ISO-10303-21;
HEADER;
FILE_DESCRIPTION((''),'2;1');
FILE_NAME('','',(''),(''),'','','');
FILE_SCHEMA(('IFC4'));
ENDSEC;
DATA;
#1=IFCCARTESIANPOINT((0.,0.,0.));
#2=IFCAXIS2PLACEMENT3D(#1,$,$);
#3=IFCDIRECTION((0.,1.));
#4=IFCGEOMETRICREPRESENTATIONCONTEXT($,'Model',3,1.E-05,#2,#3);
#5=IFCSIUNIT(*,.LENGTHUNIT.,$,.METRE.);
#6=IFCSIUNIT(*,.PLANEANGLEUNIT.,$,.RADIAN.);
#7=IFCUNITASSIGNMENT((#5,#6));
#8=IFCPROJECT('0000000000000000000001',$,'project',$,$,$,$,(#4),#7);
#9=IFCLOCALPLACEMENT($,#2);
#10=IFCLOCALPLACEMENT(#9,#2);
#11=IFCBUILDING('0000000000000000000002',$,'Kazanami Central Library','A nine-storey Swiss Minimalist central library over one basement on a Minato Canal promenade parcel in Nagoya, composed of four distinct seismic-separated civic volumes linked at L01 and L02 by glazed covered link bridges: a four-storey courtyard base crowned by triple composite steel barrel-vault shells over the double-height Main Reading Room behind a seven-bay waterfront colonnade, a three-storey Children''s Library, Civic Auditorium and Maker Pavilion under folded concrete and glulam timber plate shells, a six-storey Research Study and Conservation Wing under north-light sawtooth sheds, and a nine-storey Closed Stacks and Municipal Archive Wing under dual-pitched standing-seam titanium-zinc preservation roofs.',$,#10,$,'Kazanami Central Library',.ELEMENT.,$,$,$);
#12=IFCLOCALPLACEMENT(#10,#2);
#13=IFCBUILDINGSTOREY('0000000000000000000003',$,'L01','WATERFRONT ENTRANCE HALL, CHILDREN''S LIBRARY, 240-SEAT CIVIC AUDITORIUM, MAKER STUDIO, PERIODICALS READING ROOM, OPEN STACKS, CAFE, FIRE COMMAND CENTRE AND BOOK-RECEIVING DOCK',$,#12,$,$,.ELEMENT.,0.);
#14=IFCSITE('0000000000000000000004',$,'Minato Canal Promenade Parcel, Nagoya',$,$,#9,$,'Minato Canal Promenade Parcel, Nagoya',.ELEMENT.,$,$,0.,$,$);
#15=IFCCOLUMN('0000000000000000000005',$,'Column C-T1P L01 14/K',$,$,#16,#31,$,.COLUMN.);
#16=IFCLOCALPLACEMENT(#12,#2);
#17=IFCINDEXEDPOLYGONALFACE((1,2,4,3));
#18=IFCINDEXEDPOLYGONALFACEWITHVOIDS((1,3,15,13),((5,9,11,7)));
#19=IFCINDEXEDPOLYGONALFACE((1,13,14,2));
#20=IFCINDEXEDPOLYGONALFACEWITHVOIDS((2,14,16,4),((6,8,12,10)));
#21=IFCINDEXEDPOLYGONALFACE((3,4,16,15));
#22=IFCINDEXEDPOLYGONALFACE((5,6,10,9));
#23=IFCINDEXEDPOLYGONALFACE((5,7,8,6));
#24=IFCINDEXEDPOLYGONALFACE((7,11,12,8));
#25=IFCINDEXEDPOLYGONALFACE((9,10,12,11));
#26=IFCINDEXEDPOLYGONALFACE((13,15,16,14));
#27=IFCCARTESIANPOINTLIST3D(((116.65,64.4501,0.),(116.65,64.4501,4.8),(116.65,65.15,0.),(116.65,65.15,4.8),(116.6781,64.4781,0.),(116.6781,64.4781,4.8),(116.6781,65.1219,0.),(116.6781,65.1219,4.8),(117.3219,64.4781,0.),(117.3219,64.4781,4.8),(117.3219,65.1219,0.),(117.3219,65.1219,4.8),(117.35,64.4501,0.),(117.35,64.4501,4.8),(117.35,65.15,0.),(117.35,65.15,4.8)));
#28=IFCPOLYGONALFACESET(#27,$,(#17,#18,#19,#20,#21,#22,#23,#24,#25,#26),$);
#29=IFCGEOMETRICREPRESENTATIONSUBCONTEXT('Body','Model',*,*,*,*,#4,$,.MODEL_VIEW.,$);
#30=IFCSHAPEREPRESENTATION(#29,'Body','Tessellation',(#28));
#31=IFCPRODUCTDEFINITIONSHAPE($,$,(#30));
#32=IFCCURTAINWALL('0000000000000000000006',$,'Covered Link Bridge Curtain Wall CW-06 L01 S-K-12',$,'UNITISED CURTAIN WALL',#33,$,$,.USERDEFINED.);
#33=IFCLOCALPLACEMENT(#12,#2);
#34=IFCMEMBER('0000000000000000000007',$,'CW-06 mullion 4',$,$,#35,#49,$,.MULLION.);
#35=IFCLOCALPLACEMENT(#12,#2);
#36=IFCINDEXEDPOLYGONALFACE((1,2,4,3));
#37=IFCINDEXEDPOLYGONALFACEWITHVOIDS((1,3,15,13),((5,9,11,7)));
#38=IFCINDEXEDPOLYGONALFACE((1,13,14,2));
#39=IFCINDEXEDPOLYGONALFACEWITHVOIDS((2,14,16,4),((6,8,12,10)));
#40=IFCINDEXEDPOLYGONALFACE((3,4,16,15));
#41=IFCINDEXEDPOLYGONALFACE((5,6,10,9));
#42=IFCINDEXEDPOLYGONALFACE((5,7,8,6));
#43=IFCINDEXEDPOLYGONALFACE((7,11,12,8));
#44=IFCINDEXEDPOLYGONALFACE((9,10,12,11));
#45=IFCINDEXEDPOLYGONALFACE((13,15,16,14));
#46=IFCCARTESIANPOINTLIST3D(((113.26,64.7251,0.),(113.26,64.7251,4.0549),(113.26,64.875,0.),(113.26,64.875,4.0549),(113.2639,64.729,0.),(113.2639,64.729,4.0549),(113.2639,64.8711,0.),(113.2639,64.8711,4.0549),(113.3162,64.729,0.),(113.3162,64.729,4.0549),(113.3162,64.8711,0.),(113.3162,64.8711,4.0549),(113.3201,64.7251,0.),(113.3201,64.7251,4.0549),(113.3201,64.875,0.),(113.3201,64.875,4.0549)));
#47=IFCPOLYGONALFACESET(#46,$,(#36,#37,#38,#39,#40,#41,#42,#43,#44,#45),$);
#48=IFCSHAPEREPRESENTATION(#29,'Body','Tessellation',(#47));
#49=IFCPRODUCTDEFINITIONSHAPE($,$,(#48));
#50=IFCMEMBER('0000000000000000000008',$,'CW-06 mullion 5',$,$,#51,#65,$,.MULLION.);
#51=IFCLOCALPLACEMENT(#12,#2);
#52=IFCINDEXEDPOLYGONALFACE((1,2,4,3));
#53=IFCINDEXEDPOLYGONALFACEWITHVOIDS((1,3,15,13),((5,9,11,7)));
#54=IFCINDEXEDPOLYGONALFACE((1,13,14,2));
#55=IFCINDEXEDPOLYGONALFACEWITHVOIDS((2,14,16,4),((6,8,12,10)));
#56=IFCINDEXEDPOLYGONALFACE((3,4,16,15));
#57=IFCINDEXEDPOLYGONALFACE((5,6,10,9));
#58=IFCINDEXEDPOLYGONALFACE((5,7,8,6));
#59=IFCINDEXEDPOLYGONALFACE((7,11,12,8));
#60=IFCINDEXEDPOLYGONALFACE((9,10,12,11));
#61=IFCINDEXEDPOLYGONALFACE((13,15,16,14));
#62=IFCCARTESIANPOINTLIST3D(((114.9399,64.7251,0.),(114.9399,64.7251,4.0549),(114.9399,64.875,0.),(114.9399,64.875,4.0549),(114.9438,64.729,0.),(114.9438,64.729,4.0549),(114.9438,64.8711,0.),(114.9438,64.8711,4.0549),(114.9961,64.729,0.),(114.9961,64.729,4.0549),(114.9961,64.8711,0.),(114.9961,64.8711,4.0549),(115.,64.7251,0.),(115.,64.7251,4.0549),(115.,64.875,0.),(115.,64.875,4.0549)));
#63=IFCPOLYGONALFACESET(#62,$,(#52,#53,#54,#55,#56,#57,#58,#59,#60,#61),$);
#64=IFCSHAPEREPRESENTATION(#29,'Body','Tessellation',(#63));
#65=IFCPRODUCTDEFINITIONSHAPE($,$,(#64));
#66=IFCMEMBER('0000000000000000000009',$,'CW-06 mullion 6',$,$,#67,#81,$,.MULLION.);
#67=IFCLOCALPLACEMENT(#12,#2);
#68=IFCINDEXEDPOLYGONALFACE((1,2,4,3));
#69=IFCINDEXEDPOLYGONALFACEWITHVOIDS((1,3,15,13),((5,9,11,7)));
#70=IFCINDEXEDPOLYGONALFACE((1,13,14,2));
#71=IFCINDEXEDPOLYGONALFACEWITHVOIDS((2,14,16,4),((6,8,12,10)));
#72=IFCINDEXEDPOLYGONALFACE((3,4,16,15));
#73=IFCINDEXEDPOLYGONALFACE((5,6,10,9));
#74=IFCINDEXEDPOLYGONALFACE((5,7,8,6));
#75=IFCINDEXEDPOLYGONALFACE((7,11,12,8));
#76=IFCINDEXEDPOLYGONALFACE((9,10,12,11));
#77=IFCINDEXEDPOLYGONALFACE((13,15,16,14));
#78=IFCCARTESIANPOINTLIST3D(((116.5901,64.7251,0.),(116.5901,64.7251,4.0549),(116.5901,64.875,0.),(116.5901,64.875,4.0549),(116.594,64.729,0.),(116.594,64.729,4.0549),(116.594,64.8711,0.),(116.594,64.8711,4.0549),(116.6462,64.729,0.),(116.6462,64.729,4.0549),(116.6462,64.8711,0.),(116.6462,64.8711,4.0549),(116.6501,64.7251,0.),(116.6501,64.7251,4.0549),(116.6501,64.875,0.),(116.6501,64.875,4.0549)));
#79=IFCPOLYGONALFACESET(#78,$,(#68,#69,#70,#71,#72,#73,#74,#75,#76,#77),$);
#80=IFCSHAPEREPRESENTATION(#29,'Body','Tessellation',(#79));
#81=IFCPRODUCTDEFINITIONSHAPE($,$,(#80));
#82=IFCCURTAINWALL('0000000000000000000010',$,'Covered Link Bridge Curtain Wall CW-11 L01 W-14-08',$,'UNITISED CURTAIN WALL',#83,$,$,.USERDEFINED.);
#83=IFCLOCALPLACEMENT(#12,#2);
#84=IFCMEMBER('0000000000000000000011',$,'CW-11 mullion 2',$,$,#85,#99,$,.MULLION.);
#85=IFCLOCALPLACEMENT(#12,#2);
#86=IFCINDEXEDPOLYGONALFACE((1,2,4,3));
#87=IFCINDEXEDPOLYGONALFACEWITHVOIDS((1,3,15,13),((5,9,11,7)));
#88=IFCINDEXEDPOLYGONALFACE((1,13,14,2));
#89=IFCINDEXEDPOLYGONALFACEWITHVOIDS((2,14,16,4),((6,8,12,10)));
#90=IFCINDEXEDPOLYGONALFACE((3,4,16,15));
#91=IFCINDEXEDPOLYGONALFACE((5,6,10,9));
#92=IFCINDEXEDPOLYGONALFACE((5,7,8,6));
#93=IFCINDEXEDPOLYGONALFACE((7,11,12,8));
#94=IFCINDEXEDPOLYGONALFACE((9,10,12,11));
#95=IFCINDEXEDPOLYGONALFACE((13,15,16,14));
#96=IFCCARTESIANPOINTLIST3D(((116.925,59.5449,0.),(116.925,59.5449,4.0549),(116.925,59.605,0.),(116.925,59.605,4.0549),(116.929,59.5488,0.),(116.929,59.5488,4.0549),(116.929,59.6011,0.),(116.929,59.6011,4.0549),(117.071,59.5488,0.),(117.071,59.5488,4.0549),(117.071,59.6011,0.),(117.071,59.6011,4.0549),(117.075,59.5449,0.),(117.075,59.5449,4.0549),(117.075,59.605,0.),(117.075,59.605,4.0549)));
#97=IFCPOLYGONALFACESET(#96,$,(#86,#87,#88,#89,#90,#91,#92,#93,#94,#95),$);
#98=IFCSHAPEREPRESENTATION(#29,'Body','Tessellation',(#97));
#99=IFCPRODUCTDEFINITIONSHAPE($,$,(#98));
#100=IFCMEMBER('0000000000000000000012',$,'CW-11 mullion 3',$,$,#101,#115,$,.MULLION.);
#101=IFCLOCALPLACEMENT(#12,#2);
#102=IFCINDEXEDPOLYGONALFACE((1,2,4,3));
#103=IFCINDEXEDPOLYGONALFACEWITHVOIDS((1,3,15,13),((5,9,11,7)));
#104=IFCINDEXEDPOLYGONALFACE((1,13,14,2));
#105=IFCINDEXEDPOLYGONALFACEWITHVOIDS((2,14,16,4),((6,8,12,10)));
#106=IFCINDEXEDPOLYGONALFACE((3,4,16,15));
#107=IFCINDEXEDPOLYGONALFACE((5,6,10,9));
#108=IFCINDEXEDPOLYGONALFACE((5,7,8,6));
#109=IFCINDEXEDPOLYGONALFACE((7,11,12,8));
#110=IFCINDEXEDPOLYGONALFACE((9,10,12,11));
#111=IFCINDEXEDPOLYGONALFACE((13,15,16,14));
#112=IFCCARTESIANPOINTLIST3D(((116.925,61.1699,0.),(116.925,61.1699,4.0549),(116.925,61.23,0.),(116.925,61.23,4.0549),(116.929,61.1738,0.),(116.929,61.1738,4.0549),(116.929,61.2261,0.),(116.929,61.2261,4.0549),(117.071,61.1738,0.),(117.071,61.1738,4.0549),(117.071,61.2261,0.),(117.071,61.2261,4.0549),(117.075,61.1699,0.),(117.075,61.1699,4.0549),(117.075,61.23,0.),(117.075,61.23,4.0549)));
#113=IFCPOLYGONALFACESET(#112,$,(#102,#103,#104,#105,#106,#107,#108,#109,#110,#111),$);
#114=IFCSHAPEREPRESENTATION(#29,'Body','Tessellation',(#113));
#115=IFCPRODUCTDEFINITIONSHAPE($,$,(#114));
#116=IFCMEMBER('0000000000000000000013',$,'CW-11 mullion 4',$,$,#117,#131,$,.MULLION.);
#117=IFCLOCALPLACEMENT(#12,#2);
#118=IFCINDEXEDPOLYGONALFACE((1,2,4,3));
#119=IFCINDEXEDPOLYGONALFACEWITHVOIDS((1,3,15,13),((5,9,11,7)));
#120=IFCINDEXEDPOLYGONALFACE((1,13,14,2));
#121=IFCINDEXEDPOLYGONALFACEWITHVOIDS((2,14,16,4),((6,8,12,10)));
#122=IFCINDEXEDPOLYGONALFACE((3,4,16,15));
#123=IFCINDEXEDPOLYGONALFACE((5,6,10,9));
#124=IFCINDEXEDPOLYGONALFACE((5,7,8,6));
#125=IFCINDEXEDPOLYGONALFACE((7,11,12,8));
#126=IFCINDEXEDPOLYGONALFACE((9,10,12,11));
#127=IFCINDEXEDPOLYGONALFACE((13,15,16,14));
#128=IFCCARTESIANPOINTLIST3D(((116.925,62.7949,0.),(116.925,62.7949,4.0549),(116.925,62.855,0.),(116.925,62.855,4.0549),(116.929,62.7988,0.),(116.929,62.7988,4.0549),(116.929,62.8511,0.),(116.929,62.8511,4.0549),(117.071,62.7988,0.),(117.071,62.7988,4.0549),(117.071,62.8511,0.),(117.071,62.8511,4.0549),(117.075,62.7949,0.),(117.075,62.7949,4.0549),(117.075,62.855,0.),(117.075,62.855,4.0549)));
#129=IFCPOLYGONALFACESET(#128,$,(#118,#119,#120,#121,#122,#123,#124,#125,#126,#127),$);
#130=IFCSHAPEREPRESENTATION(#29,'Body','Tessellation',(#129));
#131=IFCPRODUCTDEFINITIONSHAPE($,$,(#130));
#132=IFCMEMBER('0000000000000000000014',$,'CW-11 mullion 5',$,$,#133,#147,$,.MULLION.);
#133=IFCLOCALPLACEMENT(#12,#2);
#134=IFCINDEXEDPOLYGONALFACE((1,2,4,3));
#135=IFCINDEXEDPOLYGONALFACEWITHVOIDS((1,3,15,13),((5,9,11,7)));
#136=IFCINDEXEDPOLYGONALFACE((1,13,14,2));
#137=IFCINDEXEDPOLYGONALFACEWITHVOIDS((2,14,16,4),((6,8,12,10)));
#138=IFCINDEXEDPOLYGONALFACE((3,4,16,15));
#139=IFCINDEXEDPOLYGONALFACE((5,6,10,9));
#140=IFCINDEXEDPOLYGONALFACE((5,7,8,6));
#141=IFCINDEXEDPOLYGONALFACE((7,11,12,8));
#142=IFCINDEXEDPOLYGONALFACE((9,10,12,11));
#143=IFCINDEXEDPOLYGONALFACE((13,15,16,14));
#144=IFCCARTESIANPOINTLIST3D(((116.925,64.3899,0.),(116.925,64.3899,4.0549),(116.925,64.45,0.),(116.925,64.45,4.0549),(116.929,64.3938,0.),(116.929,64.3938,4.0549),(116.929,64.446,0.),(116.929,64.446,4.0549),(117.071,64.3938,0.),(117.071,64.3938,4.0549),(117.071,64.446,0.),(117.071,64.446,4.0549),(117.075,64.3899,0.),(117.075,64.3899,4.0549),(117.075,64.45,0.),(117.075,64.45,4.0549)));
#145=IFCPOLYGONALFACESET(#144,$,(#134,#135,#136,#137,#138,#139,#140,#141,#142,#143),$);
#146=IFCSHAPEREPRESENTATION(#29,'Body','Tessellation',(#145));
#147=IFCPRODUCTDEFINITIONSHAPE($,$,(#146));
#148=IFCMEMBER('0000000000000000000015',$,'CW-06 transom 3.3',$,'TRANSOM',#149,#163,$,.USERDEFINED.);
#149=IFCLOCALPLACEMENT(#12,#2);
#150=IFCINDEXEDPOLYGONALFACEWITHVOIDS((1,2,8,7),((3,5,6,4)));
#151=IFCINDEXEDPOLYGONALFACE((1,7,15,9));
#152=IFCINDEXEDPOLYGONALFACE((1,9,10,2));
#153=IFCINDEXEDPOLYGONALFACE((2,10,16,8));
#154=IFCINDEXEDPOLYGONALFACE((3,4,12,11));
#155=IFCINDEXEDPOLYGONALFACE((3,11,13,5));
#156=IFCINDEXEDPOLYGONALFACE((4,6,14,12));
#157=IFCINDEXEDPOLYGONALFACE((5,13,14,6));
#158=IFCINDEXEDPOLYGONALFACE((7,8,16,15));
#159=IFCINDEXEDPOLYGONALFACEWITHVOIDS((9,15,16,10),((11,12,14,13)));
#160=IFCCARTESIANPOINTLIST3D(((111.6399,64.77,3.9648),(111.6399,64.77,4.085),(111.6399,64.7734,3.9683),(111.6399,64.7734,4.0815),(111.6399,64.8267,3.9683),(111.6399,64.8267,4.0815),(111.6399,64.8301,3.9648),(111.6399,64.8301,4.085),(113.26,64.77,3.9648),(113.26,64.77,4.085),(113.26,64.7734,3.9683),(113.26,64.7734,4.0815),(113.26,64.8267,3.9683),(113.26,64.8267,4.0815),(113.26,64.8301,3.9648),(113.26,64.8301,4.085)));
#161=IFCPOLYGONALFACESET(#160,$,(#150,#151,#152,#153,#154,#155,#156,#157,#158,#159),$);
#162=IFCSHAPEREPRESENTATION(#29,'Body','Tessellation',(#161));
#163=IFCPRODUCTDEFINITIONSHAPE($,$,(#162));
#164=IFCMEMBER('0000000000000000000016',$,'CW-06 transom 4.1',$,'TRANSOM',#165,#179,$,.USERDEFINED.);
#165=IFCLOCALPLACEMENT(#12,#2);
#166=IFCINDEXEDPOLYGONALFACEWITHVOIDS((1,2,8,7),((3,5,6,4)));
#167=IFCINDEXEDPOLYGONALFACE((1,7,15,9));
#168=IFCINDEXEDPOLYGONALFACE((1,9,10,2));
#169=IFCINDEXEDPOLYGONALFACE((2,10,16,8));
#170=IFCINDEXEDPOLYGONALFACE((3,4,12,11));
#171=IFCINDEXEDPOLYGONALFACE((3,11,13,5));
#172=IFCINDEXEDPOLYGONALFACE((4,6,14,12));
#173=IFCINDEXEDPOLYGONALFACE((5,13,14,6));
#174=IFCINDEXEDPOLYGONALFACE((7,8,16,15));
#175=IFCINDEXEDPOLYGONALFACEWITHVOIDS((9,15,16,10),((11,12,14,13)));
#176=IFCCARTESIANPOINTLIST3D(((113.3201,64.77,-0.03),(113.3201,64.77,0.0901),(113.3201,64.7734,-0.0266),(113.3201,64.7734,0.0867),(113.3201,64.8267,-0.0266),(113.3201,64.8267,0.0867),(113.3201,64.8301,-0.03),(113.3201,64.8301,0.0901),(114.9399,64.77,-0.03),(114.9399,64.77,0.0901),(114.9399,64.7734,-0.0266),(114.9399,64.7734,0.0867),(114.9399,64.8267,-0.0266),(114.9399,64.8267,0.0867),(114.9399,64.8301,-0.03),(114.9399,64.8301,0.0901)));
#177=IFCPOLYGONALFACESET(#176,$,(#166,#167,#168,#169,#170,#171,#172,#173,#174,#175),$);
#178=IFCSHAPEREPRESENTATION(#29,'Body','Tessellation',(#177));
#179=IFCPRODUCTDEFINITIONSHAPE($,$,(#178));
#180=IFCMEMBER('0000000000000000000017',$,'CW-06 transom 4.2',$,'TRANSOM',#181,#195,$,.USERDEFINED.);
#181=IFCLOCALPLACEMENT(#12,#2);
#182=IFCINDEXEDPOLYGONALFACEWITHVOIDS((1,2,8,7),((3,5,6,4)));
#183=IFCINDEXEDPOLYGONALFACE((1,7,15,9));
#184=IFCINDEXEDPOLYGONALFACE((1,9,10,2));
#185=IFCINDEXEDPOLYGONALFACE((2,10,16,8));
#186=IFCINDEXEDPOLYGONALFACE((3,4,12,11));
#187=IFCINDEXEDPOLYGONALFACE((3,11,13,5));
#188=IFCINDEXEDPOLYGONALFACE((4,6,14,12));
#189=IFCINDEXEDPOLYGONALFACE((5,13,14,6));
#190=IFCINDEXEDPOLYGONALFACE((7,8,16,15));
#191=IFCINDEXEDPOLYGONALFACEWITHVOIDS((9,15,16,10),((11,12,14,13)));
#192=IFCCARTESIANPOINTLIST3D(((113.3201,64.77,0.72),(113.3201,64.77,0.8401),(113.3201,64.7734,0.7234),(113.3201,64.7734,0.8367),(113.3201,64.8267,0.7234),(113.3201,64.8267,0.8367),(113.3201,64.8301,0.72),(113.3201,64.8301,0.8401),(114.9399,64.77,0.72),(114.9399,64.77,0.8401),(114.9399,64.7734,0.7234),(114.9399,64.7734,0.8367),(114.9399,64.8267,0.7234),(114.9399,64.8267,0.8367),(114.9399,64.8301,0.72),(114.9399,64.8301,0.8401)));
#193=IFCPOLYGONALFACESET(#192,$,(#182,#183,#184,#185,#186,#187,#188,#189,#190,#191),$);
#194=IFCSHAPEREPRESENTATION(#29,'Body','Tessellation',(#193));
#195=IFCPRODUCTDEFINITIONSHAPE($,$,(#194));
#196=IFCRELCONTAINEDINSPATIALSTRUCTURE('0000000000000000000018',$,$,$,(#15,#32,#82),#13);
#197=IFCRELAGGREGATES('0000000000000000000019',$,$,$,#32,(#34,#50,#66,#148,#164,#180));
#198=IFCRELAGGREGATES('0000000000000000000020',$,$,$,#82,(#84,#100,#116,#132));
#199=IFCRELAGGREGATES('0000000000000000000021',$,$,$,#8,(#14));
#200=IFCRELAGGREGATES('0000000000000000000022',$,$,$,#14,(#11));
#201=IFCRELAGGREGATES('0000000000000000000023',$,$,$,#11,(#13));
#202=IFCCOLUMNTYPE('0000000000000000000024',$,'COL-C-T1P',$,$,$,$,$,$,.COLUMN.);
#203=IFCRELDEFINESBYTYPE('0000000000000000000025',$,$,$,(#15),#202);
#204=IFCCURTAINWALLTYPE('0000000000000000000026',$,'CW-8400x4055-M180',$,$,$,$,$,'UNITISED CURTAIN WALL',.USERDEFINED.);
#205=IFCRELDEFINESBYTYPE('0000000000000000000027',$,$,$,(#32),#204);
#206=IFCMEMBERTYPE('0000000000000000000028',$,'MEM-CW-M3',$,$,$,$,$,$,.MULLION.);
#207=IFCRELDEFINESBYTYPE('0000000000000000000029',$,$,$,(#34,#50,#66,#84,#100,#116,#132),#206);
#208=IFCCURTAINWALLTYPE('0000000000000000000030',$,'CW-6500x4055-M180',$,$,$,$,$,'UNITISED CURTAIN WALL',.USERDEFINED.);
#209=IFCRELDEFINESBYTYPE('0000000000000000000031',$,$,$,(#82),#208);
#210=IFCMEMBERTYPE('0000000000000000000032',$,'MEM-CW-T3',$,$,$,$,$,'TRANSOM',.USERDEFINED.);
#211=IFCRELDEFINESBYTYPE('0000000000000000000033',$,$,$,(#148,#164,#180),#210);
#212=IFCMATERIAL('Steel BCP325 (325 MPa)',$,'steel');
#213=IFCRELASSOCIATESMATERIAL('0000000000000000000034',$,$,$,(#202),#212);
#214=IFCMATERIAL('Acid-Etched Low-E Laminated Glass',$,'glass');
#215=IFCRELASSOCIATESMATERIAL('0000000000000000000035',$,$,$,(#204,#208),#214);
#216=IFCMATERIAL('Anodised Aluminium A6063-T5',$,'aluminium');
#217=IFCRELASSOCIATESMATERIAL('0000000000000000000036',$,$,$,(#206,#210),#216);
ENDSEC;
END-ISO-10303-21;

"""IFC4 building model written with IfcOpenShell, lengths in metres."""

from ifc_helpers import new_model, si_unit, direction, frame, origin, origin_2d, place, context, subcontext, project, spatial, hollow_rectangle, extrude, material, material_profile, profile_set, type_object, element, aggregate, save


model = new_model("IFC4")

# Units and contexts
model_context = context("Model", 3, precision=1e-05, world=origin(), true_north=direction((0.0, 1.0)))
body_context = subcontext(model_context, "Body", "Model", "MODEL_VIEW")
ifc_project = project(units=[si_unit("LENGTHUNIT", "METRE"), si_unit("PLANEANGLEUNIT", "RADIAN")], contexts=[model_context])

# Site, building, storey
site_placement = place(None, origin())
site = spatial("IfcSite", under=ifc_project, at=site_placement, Name="Minato Canal Promenade Parcel, Nagoya", LongName="Minato Canal Promenade Parcel, Nagoya", CompositionType="ELEMENT", RefElevation=0.0)
building_placement = place(site_placement, origin())
building = spatial("IfcBuilding", under=site, at=building_placement, Name="Kazanami Central Library", Description="A nine-storey Swiss Minimalist central library over one basement on a Minato Canal promenade parcel in Nagoya, composed of four distinct seismic-separated civic volumes linked at L01 and L02 by glazed covered link bridges: a four-storey courtyard base crowned by triple composite steel barrel-vault shells over the double-height Main Reading Room behind a seven-bay waterfront colonnade, a three-storey Children's Library, Civic Auditorium and Maker Pavilion under folded concrete and glulam timber plate shells, a six-storey Research Study and Conservation Wing under north-light sawtooth sheds, and a nine-storey Closed Stacks and Municipal Archive Wing under dual-pitched standing-seam titanium-zinc preservation roofs.", LongName="Kazanami Central Library", CompositionType="ELEMENT")
storey_placement = place(building_placement, origin())
storey = spatial("IfcBuildingStorey", under=building, at=storey_placement, Name="L01", Description="WATERFRONT ENTRANCE HALL, CHILDREN'S LIBRARY, 240-SEAT CIVIC AUDITORIUM, MAKER STUDIO, PERIODICALS READING ROOM, OPEN STACKS, CAFE, FIRE COMMAND CENTRE AND BOOK-RECEIVING DOCK", CompositionType="ELEMENT", Elevation=0.0)

# Column
ifc_material_1 = material(Name="Steel BCP325 (325 MPa)", Category="steel")
ifc_material_profile_1 = material_profile(ifc_material_1, hollow_rectangle(XDim=0.7, YDim=0.7, WallThickness=0.0281, at=origin_2d()), Name="BCP-700x700x28")
ifc_profile_set_1 = profile_set([ifc_material_profile_1], Name="Steel BCP325 (325 MPa)")
column_type = type_object("IfcColumnType", Name="COL-C-T1P", PredefinedType="COLUMN", material=ifc_profile_set_1)
column_placement = place(storey_placement, frame((117.0, 64.8, 0.0), z_axis=(0.0, 0.0, 1.0), x_axis=(1.0, 0.0, 0.0)))
element("IfcColumn", 1, at=column_placement, inside=storey, type_object=column_type, Name="Column C-T1P L01 14/K", PredefinedType="COLUMN", context=body_context, shape_type="SweptSolid", body=[
    extrude(hollow_rectangle(XDim=0.7, YDim=0.7, WallThickness=0.0281, at=origin_2d()), origin(), (0.0, 0.0, 1.0), 4.8),
])

# Curtain walls, members
ifc_material_2 = material(Name="Acid-Etched Low-E Laminated Glass", Category="glass")
curtain_wall_type_1 = type_object("IfcCurtainWallType", Name="CW-8400x4055-M180", ElementType="UNITISED CURTAIN WALL", PredefinedType="USERDEFINED", material=ifc_material_2)
curtain_wall_1_placement = place(storey_placement, origin())
curtain_wall_1 = element("IfcCurtainWall", 2, at=curtain_wall_1_placement, inside=storey, type_object=curtain_wall_type_1, Name="Covered Link Bridge Curtain Wall CW-06 L01 S-K-12", ObjectType="UNITISED CURTAIN WALL", PredefinedType="USERDEFINED")
ifc_material_3 = material(Name="Anodised Aluminium A6063-T5", Category="aluminium")
ifc_material_profile_2 = material_profile(ifc_material_3, hollow_rectangle(XDim=0.0601, YDim=0.1499, WallThickness=0.0039, at=origin_2d()), Name="ALU-MULL-60x150x4")
ifc_profile_set_2 = profile_set([ifc_material_profile_2], Name="Anodised Aluminium A6063-T5")
member_type_1 = type_object("IfcMemberType", Name="MEM-CW-M3", PredefinedType="MULLION", material=ifc_profile_set_2)
member_1_placement = place(storey_placement, frame((113.29, 64.8, 0.0), z_axis=(0.0, 0.0, 1.0), x_axis=(1.0, 0.0, 0.0)))
member_1 = element("IfcMember", 3, at=member_1_placement, type_object=member_type_1, Name="CW-06 mullion 4", PredefinedType="MULLION", context=body_context, shape_type="SweptSolid", body=[
    extrude(hollow_rectangle(XDim=0.0601, YDim=0.1499, WallThickness=0.0039, at=origin_2d()), origin(), (0.0, 0.0, 1.0), 4.0549),
])
member_2_placement = place(storey_placement, frame((114.97, 64.8, 0.0), z_axis=(0.0, 0.0, 1.0), x_axis=(1.0, 0.0, 0.0)))
member_2 = element("IfcMember", 4, at=member_2_placement, type_object=member_type_1, Name="CW-06 mullion 5", PredefinedType="MULLION", context=body_context, shape_type="SweptSolid", body=[
    extrude(hollow_rectangle(XDim=0.0601, YDim=0.1499, WallThickness=0.0039, at=origin_2d()), origin(), (0.0, 0.0, 1.0), 4.0549),
])
member_3_placement = place(storey_placement, frame((116.6201, 64.8, 0.0), z_axis=(0.0, 0.0, 1.0), x_axis=(1.0, 0.0, 0.0)))
member_3 = element("IfcMember", 5, at=member_3_placement, type_object=member_type_1, Name="CW-06 mullion 6", PredefinedType="MULLION", context=body_context, shape_type="SweptSolid", body=[
    extrude(hollow_rectangle(XDim=0.0601, YDim=0.1499, WallThickness=0.0039, at=origin_2d()), origin(), (0.0, 0.0, 1.0), 4.0549),
])
curtain_wall_type_2 = type_object("IfcCurtainWallType", Name="CW-6500x4055-M180", ElementType="UNITISED CURTAIN WALL", PredefinedType="USERDEFINED", material=ifc_material_2)
curtain_wall_2_placement = place(storey_placement, origin())
curtain_wall_2 = element("IfcCurtainWall", 6, at=curtain_wall_2_placement, inside=storey, type_object=curtain_wall_type_2, Name="Covered Link Bridge Curtain Wall CW-11 L01 W-14-08", ObjectType="UNITISED CURTAIN WALL", PredefinedType="USERDEFINED")
member_4_placement = place(storey_placement, frame((117.0, 59.575, 0.0), z_axis=(0.0, 0.0, 1.0), x_axis=(0.0, 1.0, 0.0)))
member_4 = element("IfcMember", 7, at=member_4_placement, type_object=member_type_1, Name="CW-11 mullion 2", PredefinedType="MULLION", context=body_context, shape_type="SweptSolid", body=[
    extrude(hollow_rectangle(XDim=0.0601, YDim=0.1499, WallThickness=0.0039, at=origin_2d()), origin(), (0.0, 0.0, 1.0), 4.0549),
])
member_5_placement = place(storey_placement, frame((117.0, 61.2, 0.0), z_axis=(0.0, 0.0, 1.0), x_axis=(0.0, 1.0, 0.0)))
member_5 = element("IfcMember", 8, at=member_5_placement, type_object=member_type_1, Name="CW-11 mullion 3", PredefinedType="MULLION", context=body_context, shape_type="SweptSolid", body=[
    extrude(hollow_rectangle(XDim=0.0601, YDim=0.1499, WallThickness=0.0039, at=origin_2d()), origin(), (0.0, 0.0, 1.0), 4.0549),
])
member_6_placement = place(storey_placement, frame((117.0, 62.825, 0.0), z_axis=(0.0, 0.0, 1.0), x_axis=(0.0, 1.0, 0.0)))
member_6 = element("IfcMember", 9, at=member_6_placement, type_object=member_type_1, Name="CW-11 mullion 4", PredefinedType="MULLION", context=body_context, shape_type="SweptSolid", body=[
    extrude(hollow_rectangle(XDim=0.0601, YDim=0.1499, WallThickness=0.0039, at=origin_2d()), origin(), (0.0, 0.0, 1.0), 4.0549),
])
member_7_placement = place(storey_placement, frame((117.0, 64.4199, 0.0), z_axis=(0.0, 0.0, 1.0), x_axis=(0.0, 1.0, 0.0)))
member_7 = element("IfcMember", 10, at=member_7_placement, type_object=member_type_1, Name="CW-11 mullion 5", PredefinedType="MULLION", context=body_context, shape_type="SweptSolid", body=[
    extrude(hollow_rectangle(XDim=0.0601, YDim=0.1499, WallThickness=0.0039, at=origin_2d()), origin(), (0.0, 0.0, 1.0), 4.0549),
])

# Members
ifc_material_profile_3 = material_profile(ifc_material_3, hollow_rectangle(XDim=0.0601, YDim=0.1201, WallThickness=0.0034, at=origin_2d()), Name="ALU-TRAN-60x120x3.5")
ifc_profile_set_3 = profile_set([ifc_material_profile_3], Name="Anodised Aluminium A6063-T5")
member_type_2 = type_object("IfcMemberType", Name="MEM-CW-T3", ElementType="TRANSOM", PredefinedType="USERDEFINED", material=ifc_profile_set_3)
member_8_placement = place(storey_placement, frame((111.6399, 64.8, 4.0249), z_axis=(1.0, 0.0, 0.0), x_axis=(0.0, 1.0, 0.0)))
member_8 = element("IfcMember", 11, at=member_8_placement, type_object=member_type_2, Name="CW-06 transom 3.3", ObjectType="TRANSOM", PredefinedType="USERDEFINED", context=body_context, shape_type="SweptSolid", body=[
    extrude(hollow_rectangle(XDim=0.0601, YDim=0.1201, WallThickness=0.0034, at=origin_2d()), origin(), (0.0, 0.0, 1.0), 1.6201),
])
member_9_placement = place(storey_placement, frame((113.3201, 64.8, 0.03), z_axis=(1.0, 0.0, 0.0), x_axis=(0.0, 1.0, 0.0)))
member_9 = element("IfcMember", 12, at=member_9_placement, type_object=member_type_2, Name="CW-06 transom 4.1", ObjectType="TRANSOM", PredefinedType="USERDEFINED", context=body_context, shape_type="SweptSolid", body=[
    extrude(hollow_rectangle(XDim=0.0601, YDim=0.1201, WallThickness=0.0034, at=origin_2d()), origin(), (0.0, 0.0, 1.0), 1.6199),
])
member_10_placement = place(storey_placement, frame((113.3201, 64.8, 0.78), z_axis=(1.0, 0.0, 0.0), x_axis=(0.0, 1.0, 0.0)))
member_10 = element("IfcMember", 13, at=member_10_placement, type_object=member_type_2, Name="CW-06 transom 4.2", ObjectType="TRANSOM", PredefinedType="USERDEFINED", context=body_context, shape_type="SweptSolid", body=[
    extrude(hollow_rectangle(XDim=0.0601, YDim=0.1201, WallThickness=0.0034, at=origin_2d()), origin(), (0.0, 0.0, 1.0), 1.6199),
])

aggregate(curtain_wall_1, [member_1, member_2, member_3, member_8, member_9, member_10])
aggregate(curtain_wall_2, [member_4, member_5, member_6, member_7])

save(model, "model.ifc")
